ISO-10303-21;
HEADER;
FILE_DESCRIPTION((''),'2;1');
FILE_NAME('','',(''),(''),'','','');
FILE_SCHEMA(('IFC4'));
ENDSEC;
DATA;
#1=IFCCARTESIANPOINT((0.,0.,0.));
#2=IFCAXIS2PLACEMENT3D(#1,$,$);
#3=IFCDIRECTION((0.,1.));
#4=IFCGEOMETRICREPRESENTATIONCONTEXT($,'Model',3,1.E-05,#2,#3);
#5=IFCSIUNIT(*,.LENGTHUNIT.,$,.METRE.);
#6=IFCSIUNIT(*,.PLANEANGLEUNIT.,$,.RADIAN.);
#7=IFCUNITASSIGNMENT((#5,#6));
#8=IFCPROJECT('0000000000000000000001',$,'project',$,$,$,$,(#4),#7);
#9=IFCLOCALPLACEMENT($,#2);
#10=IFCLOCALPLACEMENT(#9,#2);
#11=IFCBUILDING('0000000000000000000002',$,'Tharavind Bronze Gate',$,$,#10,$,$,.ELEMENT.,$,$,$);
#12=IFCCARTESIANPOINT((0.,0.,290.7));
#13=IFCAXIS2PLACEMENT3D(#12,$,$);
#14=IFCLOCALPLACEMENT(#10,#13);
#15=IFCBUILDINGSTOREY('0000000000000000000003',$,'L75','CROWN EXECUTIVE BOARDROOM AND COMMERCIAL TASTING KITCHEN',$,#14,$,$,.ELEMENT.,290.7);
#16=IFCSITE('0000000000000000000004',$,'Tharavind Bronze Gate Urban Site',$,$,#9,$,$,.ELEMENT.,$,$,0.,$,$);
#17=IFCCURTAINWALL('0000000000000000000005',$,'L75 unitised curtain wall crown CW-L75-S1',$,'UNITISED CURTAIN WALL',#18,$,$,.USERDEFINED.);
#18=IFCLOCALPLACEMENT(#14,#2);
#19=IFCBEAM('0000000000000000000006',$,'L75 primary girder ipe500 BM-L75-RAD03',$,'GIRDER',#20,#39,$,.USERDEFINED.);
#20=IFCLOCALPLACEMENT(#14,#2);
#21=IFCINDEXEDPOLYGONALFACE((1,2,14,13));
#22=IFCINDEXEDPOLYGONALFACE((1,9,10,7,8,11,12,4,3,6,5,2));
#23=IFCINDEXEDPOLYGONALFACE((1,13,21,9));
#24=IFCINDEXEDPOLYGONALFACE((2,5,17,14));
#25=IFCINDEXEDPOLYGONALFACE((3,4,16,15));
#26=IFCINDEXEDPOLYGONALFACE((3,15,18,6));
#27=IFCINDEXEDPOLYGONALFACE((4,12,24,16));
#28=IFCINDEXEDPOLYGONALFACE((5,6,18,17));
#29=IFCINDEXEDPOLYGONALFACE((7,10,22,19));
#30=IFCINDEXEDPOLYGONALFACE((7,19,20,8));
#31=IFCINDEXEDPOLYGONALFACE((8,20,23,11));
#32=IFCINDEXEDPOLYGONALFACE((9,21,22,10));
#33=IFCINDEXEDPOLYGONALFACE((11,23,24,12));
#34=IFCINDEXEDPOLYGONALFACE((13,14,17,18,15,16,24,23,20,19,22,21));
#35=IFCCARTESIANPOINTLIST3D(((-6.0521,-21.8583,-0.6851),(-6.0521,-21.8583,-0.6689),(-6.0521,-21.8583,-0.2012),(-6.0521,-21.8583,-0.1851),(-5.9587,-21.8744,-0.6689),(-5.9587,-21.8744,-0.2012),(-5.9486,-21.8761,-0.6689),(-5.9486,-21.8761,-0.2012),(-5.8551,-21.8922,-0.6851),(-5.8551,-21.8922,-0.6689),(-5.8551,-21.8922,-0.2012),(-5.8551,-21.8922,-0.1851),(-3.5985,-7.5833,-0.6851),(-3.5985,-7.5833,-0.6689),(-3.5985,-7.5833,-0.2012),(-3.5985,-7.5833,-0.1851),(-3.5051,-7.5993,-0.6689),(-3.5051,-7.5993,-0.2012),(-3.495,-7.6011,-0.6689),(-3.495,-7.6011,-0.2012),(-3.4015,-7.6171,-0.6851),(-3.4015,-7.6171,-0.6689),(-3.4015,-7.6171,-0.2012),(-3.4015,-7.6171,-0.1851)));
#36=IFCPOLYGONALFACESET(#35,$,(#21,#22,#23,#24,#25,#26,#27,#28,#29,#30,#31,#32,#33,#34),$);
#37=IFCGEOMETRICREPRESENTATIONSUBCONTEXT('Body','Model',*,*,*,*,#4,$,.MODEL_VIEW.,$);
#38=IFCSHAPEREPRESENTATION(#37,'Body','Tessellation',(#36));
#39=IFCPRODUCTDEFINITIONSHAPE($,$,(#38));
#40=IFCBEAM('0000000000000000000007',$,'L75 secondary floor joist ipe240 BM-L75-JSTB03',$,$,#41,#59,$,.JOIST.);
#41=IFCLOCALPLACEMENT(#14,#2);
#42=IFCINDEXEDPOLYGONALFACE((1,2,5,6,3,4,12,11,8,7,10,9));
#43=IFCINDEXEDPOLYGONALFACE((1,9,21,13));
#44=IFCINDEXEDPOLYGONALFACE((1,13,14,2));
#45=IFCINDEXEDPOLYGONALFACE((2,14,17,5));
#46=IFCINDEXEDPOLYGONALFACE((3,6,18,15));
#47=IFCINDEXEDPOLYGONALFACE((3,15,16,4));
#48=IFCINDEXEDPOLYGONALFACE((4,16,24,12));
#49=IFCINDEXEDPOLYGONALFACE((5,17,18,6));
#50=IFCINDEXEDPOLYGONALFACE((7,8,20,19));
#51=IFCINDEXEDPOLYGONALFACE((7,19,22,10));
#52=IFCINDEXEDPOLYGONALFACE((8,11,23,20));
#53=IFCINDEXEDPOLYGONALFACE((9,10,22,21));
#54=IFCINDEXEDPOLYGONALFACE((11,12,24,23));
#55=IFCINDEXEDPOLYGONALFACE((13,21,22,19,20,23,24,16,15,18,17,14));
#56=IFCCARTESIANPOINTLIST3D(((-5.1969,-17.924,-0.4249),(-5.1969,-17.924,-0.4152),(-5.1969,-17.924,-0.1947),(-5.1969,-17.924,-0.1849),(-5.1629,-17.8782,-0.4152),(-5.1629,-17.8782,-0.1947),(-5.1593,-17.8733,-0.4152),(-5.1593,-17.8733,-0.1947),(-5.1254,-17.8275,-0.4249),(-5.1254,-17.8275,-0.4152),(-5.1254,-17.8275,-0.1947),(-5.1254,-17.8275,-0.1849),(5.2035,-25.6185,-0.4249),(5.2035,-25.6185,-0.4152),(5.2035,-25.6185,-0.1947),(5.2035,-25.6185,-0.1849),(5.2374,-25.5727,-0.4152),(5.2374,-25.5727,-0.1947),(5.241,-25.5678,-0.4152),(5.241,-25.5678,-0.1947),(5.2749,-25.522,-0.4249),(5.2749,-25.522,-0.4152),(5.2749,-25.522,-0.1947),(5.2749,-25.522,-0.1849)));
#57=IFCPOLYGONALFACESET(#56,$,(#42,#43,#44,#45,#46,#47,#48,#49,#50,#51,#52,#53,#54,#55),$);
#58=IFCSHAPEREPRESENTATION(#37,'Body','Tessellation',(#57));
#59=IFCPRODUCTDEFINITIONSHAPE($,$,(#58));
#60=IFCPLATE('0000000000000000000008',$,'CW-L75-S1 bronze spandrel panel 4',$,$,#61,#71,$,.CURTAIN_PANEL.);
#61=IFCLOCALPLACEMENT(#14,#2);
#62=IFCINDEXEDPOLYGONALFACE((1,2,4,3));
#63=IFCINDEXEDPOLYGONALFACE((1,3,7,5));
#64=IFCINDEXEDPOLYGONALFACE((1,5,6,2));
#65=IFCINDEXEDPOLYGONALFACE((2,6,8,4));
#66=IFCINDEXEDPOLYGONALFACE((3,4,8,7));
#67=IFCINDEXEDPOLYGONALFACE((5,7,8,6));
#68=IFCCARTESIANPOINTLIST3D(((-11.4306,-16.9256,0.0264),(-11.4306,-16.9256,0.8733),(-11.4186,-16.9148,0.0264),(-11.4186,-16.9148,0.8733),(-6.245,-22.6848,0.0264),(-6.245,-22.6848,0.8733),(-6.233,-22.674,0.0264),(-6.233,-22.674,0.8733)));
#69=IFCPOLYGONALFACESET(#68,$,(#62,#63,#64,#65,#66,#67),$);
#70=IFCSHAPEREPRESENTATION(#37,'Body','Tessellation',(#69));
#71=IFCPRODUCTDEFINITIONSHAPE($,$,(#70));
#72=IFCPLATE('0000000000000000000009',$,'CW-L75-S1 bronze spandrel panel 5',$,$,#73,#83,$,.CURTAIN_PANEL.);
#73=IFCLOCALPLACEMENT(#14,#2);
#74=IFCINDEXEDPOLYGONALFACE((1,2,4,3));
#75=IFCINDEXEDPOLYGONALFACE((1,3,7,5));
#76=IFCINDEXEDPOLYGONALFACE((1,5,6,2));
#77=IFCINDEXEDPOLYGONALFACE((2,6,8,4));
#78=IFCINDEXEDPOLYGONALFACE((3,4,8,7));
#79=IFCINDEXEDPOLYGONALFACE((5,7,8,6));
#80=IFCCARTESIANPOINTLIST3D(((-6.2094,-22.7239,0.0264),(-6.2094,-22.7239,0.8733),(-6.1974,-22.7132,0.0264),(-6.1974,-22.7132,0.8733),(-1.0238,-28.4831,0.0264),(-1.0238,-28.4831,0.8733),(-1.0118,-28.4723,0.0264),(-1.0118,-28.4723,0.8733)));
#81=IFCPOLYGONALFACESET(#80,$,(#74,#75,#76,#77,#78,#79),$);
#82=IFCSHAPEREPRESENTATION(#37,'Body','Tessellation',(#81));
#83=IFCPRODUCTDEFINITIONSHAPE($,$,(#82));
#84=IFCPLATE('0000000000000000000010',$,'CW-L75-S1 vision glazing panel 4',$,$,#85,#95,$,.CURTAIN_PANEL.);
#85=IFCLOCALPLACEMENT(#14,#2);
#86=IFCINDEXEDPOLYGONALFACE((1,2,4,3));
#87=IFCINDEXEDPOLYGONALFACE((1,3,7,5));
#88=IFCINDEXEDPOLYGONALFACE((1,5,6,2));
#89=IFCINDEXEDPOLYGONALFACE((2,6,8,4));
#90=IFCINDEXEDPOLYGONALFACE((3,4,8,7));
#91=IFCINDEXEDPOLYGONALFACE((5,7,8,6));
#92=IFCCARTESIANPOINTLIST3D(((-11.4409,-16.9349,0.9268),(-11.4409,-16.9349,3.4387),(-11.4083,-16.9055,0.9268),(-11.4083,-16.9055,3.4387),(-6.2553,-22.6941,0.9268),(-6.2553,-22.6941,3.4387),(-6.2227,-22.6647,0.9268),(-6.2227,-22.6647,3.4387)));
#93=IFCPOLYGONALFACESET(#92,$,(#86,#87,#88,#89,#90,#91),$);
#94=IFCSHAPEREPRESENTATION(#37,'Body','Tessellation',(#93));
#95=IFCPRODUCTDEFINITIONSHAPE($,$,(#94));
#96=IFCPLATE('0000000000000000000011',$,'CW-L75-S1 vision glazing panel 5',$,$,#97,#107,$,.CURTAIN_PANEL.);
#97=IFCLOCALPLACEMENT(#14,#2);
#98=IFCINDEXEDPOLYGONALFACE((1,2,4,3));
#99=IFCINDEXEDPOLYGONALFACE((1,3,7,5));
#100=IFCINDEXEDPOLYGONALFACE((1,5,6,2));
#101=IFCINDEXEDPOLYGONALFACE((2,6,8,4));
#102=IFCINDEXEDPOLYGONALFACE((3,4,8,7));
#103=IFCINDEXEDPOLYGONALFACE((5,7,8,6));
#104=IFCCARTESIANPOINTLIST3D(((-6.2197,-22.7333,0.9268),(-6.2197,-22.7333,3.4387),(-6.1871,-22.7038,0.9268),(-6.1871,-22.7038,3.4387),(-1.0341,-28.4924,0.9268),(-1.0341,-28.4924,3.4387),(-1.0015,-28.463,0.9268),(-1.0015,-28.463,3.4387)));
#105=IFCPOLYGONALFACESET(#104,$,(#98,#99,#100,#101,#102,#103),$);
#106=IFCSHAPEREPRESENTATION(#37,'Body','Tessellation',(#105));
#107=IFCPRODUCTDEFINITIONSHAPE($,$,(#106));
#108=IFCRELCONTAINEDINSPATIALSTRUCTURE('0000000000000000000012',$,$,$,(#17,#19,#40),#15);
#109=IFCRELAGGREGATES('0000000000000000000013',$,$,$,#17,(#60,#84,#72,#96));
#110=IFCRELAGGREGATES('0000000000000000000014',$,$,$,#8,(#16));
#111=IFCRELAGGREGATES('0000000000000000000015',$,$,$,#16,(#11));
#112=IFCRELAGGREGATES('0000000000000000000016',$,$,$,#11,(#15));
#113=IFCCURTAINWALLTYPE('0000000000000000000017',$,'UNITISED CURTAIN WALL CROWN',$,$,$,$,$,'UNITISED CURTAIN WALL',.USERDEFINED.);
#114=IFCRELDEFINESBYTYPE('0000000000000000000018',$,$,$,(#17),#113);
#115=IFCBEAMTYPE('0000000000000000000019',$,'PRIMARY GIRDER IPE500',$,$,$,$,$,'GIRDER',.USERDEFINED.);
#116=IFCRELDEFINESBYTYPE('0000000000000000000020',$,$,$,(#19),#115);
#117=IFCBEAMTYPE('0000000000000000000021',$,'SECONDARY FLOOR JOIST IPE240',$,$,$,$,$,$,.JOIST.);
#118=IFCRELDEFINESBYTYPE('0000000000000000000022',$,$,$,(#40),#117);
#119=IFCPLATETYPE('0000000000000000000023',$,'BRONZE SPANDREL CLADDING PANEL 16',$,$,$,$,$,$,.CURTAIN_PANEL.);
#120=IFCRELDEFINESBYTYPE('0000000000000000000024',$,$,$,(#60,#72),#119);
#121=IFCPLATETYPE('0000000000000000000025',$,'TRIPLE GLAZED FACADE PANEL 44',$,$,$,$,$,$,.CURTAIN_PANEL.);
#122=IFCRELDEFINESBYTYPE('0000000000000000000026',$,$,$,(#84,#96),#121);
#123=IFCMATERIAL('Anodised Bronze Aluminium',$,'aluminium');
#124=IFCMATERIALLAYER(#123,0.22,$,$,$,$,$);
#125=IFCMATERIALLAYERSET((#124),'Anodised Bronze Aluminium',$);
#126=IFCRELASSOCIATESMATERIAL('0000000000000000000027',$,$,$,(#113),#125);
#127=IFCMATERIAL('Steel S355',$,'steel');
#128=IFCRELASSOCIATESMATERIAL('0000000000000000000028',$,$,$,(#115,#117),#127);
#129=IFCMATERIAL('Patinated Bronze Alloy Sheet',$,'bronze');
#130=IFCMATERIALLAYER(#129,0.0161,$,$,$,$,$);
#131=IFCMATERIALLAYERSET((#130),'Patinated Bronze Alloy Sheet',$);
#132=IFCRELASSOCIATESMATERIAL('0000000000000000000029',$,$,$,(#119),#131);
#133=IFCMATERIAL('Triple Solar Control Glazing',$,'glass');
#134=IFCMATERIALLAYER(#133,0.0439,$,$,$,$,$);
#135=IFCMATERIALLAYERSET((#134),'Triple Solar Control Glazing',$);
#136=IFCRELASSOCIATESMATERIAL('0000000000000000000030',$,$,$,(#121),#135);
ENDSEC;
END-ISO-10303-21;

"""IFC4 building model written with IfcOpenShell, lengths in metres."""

from ifc_helpers import new_model, si_unit, direction, frame, origin, origin_2d, place, context, subcontext, project, spatial, rectangle, i_section, extrude, material, layer, layer_set, material_profile, profile_set, type_object, element, aggregate, save


model = new_model("IFC4")

# Units and contexts
model_context = context("Model", 3, precision=1e-05, world=origin(), true_north=direction((0.0, 1.0)))
body_context = subcontext(model_context, "Body", "Model", "MODEL_VIEW")
ifc_project = project(units=[si_unit("LENGTHUNIT", "METRE"), si_unit("PLANEANGLEUNIT", "RADIAN")], contexts=[model_context])

# Site, building, storey
site_placement = place(None, origin())
site = spatial("IfcSite", under=ifc_project, at=site_placement, Name="Tharavind Bronze Gate Urban Site", CompositionType="ELEMENT", RefElevation=0.0)
building_placement = place(site_placement, origin())
building = spatial("IfcBuilding", under=site, at=building_placement, Name="Tharavind Bronze Gate", CompositionType="ELEMENT")
storey_placement = place(building_placement, frame((0.0, 0.0, 290.7)))
storey = spatial("IfcBuildingStorey", under=building, at=storey_placement, Name="L75", Description="CROWN EXECUTIVE BOARDROOM AND COMMERCIAL TASTING KITCHEN", CompositionType="ELEMENT", Elevation=290.7)

# Curtain wall
ifc_material_1 = material(Name="Anodised Bronze Aluminium", Category="aluminium")
ifc_layer_1 = layer(ifc_material_1, 0.22)
ifc_layer_set_1 = layer_set([ifc_layer_1], Name="Anodised Bronze Aluminium")
curtain_wall_type = type_object("IfcCurtainWallType", Name="UNITISED CURTAIN WALL CROWN", ElementType="UNITISED CURTAIN WALL", PredefinedType="USERDEFINED", material=ifc_layer_set_1)
curtain_wall_placement = place(storey_placement, origin())
curtain_wall = element("IfcCurtainWall", 1, at=curtain_wall_placement, inside=storey, type_object=curtain_wall_type, Name="L75 unitised curtain wall crown CW-L75-S1", ObjectType="UNITISED CURTAIN WALL", PredefinedType="USERDEFINED")

# Beams
ifc_material_2 = material(Name="Steel S355", Category="steel")
ifc_material_profile_1 = material_profile(ifc_material_2, i_section(OverallWidth=0.2, OverallDepth=0.5, WebThickness=0.0103, FlangeThickness=0.0161, at=origin_2d()), Name="IPE500")
ifc_profile_set_1 = profile_set([ifc_material_profile_1], Name="Steel S355")
beam_type_1 = type_object("IfcBeamType", Name="PRIMARY GIRDER IPE500", ElementType="GIRDER", PredefinedType="USERDEFINED", material=ifc_profile_set_1)
beam_1_placement = place(storey_placement, frame((-5.9536, -21.8752, -0.4351), z_axis=(0.169396, 0.985548, 0.0), x_axis=(-0.985548, 0.169396, 0.0)))
element("IfcBeam", 2, at=beam_1_placement, inside=storey, type_object=beam_type_1, Name="L75 primary girder ipe500 BM-L75-RAD03", ObjectType="GIRDER", PredefinedType="USERDEFINED", context=body_context, shape_type="SweptSolid", body=[
    extrude(i_section(OverallWidth=0.2, OverallDepth=0.5, WebThickness=0.0103, FlangeThickness=0.0161, at=origin_2d()), origin(), (0.0, 0.0, 1.0), 14.4844),
])
ifc_material_profile_2 = material_profile(ifc_material_2, i_section(OverallWidth=0.1201, OverallDepth=0.24, WebThickness=0.0061, FlangeThickness=0.0098, at=origin_2d()), Name="IPE240")
ifc_profile_set_2 = profile_set([ifc_material_profile_2], Name="Steel S355")
beam_type_2 = type_object("IfcBeamType", Name="SECONDARY FLOOR JOIST IPE240", PredefinedType="JOIST", material=ifc_profile_set_2)
beam_2_placement = place(storey_placement, frame((-5.1611, -17.8757, -0.3049), z_axis=(0.803905, -0.594758, 0.0), x_axis=(0.594758, 0.803905, 0.0)))
element("IfcBeam", 3, at=beam_2_placement, inside=storey, type_object=beam_type_2, Name="L75 secondary floor joist ipe240 BM-L75-JSTB03", PredefinedType="JOIST", context=body_context, shape_type="SweptSolid", body=[
    extrude(i_section(OverallWidth=0.1201, OverallDepth=0.24, WebThickness=0.0061, FlangeThickness=0.0098, at=origin_2d()), origin(), (0.0, 0.0, 1.0), 12.9373),
])

# Plates
ifc_material_3 = material(Name="Patinated Bronze Alloy Sheet", Category="bronze")
ifc_layer_2 = layer(ifc_material_3, 0.0161)
ifc_layer_set_2 = layer_set([ifc_layer_2], Name="Patinated Bronze Alloy Sheet")
plate_type_1 = type_object("IfcPlateType", Name="BRONZE SPANDREL CLADDING PANEL 16", PredefinedType="CURTAIN_PANEL", material=ifc_layer_set_2)
plate_1_placement = place(storey_placement, frame((-8.8318, -19.7998, 0.0264), z_axis=(0.0, 0.0, 1.0), x_axis=(0.669131, -0.743145, 0.0)))
plate_1 = element("IfcPlate", 4, at=plate_1_placement, type_object=plate_type_1, Name="CW-L75-S1 bronze spandrel panel 4", PredefinedType="CURTAIN_PANEL", context=body_context, shape_type="SweptSolid", body=[
    extrude(rectangle(XDim=7.7498, YDim=0.0161, at=origin_2d()), origin(), (0.0, 0.0, 1.0), 0.8469),
])
plate_2_placement = place(storey_placement, frame((-3.6106, -25.5981, 0.0264), z_axis=(0.0, 0.0, 1.0), x_axis=(0.669131, -0.743145, 0.0)))
plate_2 = element("IfcPlate", 5, at=plate_2_placement, type_object=plate_type_1, Name="CW-L75-S1 bronze spandrel panel 5", PredefinedType="CURTAIN_PANEL", context=body_context, shape_type="SweptSolid", body=[
    extrude(rectangle(XDim=7.7498, YDim=0.0161, at=origin_2d()), origin(), (0.0, 0.0, 1.0), 0.8469),
])
ifc_material_4 = material(Name="Triple Solar Control Glazing", Category="glass")
ifc_layer_3 = layer(ifc_material_4, 0.0439)
ifc_layer_set_3 = layer_set([ifc_layer_3], Name="Triple Solar Control Glazing")
plate_type_2 = type_object("IfcPlateType", Name="TRIPLE GLAZED FACADE PANEL 44", PredefinedType="CURTAIN_PANEL", material=ifc_layer_set_3)
plate_3_placement = place(storey_placement, frame((-8.8318, -19.7998, 0.9268), z_axis=(0.0, 0.0, 1.0), x_axis=(0.669131, -0.743145, 0.0)))
plate_3 = element("IfcPlate", 6, at=plate_3_placement, type_object=plate_type_2, Name="CW-L75-S1 vision glazing panel 4", PredefinedType="CURTAIN_PANEL", context=body_context, shape_type="SweptSolid", body=[
    extrude(rectangle(XDim=7.7498, YDim=0.0439, at=origin_2d()), origin(), (0.0, 0.0, 1.0), 2.512),
])
plate_4_placement = place(storey_placement, frame((-3.6106, -25.5981, 0.9268), z_axis=(0.0, 0.0, 1.0), x_axis=(0.669131, -0.743145, 0.0)))
plate_4 = element("IfcPlate", 7, at=plate_4_placement, type_object=plate_type_2, Name="CW-L75-S1 vision glazing panel 5", PredefinedType="CURTAIN_PANEL", context=body_context, shape_type="SweptSolid", body=[
    extrude(rectangle(XDim=7.7498, YDim=0.0439, at=origin_2d()), origin(), (0.0, 0.0, 1.0), 2.512),
])
aggregate(curtain_wall, [plate_1, plate_3, plate_2, plate_4])

save(model, "model.ifc")
